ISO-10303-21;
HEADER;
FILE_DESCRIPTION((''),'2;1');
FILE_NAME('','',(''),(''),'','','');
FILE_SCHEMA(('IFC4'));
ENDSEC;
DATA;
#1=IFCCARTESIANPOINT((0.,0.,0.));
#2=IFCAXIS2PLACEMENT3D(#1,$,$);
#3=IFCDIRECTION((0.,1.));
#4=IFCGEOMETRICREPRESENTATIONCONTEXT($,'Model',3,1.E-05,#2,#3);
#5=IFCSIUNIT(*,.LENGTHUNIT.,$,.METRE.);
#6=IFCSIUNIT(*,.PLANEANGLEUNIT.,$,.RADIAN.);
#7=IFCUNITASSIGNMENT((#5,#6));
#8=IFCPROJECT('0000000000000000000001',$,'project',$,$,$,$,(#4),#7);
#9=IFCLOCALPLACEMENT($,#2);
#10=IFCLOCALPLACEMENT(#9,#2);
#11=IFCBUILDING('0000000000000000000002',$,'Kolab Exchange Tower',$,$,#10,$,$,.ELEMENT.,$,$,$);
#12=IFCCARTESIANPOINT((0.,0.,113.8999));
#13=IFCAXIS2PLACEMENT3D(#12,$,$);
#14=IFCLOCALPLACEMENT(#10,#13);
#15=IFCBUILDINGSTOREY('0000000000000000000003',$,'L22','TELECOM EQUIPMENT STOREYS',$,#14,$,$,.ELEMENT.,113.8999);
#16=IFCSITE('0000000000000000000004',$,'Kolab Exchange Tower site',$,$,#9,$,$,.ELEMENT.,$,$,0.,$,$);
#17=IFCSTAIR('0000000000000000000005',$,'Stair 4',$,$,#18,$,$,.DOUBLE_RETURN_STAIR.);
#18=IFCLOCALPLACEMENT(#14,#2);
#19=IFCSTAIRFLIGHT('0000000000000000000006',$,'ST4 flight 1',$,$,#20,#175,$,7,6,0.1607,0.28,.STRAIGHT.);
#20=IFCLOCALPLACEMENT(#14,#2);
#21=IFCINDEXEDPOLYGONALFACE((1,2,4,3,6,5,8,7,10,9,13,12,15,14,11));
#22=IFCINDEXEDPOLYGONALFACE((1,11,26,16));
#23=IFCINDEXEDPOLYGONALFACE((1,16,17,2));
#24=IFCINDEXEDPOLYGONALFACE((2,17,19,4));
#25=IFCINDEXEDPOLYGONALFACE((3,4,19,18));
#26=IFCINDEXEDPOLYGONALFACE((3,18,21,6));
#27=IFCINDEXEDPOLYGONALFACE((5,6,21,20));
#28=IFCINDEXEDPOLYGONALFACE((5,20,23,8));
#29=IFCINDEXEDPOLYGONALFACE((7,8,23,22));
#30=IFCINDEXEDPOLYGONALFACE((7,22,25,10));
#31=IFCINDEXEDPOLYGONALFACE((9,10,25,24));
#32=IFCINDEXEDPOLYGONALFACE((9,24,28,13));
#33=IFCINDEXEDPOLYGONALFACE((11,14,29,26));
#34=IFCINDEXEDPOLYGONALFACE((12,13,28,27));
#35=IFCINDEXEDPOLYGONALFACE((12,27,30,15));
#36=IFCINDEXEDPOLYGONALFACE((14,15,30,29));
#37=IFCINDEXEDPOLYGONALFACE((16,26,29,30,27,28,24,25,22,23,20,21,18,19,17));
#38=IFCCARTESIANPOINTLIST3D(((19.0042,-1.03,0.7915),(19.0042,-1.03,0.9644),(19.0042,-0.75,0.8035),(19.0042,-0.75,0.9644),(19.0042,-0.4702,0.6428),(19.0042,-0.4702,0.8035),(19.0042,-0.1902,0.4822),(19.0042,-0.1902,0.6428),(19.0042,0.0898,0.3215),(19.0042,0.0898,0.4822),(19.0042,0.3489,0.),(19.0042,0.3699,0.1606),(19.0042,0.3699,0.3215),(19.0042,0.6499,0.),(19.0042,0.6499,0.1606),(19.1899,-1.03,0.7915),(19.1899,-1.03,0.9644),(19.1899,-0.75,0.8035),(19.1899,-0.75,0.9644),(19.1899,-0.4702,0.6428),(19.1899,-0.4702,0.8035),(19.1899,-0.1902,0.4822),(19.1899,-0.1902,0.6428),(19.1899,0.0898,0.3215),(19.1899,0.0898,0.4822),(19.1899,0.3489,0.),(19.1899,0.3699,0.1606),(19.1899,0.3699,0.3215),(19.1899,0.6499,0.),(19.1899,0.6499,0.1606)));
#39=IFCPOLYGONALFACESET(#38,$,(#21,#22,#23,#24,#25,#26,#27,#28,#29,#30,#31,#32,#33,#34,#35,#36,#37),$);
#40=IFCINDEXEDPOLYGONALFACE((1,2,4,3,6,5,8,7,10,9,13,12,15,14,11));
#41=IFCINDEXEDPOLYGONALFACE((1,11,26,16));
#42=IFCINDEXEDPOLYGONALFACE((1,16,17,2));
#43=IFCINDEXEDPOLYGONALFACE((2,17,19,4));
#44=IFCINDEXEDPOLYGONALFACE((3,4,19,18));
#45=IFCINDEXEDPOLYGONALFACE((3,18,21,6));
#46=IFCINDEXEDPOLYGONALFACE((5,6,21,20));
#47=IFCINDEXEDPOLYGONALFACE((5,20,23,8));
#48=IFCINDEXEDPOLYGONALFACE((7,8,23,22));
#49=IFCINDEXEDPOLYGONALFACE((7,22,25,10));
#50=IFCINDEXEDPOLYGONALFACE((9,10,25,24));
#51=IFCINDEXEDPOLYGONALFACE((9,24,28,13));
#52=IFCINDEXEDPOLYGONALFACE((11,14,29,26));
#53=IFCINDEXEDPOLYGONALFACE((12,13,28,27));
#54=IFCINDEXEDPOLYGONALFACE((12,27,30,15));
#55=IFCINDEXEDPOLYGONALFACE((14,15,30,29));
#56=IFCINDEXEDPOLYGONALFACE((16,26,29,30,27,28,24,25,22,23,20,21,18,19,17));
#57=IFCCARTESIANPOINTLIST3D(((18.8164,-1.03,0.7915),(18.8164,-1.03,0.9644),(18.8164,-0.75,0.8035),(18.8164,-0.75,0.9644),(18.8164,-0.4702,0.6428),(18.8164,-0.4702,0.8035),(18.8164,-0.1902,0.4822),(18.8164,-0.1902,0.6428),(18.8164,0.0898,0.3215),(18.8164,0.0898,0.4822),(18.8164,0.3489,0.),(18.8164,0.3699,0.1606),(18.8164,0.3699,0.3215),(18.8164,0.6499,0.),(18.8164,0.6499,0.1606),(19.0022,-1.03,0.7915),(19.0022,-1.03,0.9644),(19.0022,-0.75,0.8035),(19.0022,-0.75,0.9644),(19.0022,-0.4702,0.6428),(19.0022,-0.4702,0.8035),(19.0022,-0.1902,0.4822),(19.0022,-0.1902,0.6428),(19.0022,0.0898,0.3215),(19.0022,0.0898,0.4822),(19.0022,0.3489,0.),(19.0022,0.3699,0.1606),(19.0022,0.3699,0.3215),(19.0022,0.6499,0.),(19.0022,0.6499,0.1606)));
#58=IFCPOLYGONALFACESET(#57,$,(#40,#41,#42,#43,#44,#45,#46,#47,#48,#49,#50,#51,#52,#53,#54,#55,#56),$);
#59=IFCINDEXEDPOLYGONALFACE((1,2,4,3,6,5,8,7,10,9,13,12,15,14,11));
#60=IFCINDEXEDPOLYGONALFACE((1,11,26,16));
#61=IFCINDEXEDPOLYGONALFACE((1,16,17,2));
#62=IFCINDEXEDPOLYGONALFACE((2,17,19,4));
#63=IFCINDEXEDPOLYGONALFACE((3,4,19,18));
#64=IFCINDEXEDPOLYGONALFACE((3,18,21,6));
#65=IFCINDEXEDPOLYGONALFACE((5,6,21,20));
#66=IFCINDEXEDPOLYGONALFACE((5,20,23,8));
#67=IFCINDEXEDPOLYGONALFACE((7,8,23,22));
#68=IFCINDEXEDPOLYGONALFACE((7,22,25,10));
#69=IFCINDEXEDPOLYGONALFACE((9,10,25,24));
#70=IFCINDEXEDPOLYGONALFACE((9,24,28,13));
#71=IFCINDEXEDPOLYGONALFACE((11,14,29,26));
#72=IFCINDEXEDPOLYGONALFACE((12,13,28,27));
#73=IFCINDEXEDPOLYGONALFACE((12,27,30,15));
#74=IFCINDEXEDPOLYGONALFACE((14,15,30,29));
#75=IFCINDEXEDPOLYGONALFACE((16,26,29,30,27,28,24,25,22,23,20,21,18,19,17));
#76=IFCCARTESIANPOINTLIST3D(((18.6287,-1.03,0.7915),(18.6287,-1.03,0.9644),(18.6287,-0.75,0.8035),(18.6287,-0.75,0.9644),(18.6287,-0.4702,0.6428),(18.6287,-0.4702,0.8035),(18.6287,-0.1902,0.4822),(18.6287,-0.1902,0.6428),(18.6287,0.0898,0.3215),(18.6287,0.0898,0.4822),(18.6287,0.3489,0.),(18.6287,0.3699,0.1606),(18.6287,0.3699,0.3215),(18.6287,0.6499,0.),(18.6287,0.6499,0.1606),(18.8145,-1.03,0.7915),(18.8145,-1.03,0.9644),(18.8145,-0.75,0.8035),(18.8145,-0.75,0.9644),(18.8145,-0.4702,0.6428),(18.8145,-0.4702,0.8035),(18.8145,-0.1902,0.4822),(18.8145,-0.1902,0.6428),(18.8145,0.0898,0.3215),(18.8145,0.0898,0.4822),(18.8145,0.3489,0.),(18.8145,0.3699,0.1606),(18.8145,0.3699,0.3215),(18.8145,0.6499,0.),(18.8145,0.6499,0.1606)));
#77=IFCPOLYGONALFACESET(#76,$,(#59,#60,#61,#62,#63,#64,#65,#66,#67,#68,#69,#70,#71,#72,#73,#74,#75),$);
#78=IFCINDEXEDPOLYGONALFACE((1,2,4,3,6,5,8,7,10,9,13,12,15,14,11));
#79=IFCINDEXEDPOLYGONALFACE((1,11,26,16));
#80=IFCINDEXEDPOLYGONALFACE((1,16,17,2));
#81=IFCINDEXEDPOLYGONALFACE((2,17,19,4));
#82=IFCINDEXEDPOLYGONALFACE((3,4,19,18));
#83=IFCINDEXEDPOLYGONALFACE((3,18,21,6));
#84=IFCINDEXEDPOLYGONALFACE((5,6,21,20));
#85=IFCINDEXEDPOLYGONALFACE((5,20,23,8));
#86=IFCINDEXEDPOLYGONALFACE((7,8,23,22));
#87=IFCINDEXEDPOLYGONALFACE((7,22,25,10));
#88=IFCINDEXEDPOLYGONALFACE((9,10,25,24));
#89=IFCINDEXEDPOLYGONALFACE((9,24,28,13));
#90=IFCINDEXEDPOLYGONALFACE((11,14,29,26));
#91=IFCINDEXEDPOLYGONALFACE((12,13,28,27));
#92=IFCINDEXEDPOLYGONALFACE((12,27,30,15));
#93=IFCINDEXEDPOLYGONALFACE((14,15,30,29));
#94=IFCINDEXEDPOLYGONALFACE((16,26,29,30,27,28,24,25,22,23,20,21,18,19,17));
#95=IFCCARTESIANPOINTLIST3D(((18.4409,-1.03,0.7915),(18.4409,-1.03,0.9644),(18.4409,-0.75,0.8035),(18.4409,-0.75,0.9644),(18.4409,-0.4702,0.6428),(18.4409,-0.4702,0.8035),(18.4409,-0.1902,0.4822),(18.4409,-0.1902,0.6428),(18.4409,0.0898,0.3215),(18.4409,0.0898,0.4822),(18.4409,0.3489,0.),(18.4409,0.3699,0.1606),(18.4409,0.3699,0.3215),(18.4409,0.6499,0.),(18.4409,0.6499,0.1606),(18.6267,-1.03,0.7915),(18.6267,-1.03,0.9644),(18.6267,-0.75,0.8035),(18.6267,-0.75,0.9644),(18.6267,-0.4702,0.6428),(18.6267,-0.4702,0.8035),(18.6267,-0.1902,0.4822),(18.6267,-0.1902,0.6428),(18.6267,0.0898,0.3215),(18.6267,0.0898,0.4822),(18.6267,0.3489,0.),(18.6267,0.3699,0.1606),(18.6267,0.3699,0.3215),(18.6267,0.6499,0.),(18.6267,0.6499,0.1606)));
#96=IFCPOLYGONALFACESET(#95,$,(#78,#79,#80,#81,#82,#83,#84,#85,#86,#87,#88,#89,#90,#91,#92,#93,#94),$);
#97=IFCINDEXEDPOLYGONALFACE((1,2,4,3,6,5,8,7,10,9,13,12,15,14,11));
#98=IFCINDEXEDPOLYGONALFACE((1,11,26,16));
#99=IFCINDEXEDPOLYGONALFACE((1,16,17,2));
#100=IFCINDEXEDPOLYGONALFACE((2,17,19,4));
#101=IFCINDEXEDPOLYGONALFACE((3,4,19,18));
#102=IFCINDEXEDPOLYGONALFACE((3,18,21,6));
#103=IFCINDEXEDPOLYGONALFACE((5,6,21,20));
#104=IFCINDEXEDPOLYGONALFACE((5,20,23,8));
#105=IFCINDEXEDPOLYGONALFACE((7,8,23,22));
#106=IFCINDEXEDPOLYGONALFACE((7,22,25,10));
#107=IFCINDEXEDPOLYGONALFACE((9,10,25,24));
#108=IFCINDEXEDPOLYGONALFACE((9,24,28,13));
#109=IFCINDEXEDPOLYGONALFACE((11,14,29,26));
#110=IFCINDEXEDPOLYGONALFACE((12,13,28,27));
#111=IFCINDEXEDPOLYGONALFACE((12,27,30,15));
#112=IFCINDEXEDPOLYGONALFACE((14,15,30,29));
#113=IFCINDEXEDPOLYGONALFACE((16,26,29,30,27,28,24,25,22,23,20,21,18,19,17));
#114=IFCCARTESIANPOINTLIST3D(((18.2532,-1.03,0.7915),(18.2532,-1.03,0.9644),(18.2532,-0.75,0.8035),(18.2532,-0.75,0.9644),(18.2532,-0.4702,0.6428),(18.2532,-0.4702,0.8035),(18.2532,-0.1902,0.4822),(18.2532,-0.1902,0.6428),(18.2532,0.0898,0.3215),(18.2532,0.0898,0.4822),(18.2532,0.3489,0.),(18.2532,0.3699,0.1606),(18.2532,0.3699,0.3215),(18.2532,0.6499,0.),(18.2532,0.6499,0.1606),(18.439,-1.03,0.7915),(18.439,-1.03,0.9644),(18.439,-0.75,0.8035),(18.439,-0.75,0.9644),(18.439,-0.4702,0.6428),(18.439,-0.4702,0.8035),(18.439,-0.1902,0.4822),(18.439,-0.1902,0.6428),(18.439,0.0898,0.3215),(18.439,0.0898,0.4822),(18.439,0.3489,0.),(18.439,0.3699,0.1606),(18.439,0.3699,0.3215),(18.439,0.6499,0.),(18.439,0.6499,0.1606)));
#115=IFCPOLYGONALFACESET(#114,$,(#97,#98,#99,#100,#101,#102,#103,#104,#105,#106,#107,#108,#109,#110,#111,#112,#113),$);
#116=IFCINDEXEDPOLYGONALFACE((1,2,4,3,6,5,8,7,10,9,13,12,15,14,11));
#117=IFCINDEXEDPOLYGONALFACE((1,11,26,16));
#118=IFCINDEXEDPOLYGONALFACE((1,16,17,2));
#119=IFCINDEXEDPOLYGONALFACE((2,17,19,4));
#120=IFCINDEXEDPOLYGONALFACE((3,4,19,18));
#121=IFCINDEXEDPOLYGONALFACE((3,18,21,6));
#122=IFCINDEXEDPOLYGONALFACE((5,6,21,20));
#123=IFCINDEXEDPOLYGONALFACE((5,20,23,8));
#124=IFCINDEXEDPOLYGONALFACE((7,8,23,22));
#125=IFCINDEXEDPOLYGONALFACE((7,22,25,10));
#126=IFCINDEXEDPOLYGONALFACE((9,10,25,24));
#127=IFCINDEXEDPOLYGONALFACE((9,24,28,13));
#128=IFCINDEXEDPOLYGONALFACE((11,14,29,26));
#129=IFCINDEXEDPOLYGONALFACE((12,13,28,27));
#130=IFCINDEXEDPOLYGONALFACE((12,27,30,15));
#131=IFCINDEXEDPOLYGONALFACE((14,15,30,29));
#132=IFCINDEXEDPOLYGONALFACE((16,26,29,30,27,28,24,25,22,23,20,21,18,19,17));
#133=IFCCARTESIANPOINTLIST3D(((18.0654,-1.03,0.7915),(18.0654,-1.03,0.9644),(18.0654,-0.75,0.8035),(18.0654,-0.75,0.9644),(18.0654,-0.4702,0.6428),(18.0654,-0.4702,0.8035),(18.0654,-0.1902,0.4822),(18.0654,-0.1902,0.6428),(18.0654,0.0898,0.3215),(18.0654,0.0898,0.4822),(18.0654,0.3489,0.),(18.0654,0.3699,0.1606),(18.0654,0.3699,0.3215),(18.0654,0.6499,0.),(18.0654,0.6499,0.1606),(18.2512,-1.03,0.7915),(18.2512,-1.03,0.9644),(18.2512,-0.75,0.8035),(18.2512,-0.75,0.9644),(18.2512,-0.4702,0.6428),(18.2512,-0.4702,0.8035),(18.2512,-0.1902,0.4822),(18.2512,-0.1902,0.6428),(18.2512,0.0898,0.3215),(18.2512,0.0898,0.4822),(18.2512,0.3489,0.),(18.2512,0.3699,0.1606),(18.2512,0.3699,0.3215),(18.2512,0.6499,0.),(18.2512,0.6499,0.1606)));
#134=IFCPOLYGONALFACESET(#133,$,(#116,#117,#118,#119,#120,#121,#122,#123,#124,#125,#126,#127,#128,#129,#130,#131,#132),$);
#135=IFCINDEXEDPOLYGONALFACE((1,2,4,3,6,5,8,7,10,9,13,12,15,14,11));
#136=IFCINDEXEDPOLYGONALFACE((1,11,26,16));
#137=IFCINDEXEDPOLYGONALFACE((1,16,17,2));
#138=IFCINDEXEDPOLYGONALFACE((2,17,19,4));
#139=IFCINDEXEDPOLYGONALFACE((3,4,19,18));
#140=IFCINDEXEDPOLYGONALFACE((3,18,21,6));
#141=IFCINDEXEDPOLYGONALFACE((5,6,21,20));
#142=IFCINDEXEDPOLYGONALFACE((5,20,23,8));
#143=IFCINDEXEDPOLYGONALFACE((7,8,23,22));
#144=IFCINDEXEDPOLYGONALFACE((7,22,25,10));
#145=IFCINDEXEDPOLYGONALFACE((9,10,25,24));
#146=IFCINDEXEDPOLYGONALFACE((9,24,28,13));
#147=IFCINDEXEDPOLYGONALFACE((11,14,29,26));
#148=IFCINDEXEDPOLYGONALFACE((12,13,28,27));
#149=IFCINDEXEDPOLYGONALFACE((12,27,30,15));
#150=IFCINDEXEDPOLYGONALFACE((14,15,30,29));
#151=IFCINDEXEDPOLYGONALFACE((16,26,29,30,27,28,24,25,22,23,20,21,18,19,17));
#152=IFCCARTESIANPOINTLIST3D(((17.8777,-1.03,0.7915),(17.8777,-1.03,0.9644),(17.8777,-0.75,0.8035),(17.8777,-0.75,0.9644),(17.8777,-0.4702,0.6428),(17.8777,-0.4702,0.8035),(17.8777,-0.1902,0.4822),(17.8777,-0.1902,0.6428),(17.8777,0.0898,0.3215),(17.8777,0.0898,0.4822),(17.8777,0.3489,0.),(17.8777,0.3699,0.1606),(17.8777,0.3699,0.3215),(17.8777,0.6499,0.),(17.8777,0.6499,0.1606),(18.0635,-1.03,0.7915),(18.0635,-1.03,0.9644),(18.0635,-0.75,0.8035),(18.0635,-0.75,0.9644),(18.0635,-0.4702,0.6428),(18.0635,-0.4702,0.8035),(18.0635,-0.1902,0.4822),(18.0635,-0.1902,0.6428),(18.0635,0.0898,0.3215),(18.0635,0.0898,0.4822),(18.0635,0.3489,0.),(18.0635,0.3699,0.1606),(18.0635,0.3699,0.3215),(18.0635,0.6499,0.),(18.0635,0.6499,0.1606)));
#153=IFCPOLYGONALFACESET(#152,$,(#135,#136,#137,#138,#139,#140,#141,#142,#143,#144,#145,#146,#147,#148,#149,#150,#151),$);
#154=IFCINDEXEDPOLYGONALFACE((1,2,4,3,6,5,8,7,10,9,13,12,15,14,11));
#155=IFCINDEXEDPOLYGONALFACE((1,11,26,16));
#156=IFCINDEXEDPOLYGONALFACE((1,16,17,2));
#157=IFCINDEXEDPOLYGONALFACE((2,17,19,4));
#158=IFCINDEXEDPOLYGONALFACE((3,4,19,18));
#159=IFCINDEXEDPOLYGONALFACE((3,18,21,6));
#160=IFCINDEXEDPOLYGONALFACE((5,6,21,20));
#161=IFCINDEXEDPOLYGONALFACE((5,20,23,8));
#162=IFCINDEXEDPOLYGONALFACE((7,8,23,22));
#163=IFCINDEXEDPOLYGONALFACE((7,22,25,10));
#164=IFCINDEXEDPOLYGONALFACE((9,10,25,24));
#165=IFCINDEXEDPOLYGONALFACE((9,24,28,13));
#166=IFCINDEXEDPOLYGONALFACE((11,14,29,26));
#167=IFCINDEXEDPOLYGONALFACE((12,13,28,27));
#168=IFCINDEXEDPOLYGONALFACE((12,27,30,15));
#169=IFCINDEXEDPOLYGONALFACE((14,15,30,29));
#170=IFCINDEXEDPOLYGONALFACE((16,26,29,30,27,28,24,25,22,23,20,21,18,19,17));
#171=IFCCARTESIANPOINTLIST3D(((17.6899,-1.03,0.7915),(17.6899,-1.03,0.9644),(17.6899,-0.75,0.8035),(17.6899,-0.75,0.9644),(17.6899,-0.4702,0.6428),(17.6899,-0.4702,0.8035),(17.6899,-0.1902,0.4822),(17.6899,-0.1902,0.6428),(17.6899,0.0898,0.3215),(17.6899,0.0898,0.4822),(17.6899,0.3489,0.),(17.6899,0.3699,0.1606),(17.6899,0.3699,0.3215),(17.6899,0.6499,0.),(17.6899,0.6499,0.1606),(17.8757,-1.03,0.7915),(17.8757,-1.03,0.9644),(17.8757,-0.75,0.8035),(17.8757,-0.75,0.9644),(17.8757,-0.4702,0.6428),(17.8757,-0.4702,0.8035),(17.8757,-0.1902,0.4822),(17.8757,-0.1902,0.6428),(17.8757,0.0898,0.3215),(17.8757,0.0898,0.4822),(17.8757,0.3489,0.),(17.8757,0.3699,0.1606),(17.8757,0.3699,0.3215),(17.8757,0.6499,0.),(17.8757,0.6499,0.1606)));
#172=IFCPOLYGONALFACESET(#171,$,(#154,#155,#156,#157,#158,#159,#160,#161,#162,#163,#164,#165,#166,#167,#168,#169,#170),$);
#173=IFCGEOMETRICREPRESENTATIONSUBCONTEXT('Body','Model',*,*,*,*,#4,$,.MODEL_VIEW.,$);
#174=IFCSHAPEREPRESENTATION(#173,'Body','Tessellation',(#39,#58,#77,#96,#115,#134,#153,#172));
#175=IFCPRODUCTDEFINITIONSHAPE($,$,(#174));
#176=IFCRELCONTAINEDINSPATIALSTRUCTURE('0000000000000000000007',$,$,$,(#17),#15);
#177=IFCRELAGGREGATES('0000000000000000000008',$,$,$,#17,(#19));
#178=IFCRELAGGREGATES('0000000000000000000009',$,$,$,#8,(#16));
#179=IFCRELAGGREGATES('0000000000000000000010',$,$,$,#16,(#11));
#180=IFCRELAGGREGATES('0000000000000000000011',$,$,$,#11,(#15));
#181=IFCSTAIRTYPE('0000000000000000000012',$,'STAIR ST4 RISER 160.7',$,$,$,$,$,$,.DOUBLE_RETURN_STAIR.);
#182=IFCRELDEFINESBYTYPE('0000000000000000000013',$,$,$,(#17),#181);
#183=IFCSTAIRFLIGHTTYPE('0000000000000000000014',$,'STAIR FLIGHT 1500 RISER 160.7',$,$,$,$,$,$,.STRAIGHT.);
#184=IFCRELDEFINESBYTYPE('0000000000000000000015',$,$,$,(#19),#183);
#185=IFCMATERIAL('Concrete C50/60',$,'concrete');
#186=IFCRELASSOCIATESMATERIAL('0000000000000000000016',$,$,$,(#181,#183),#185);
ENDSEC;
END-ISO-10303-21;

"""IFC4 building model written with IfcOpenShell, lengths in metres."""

from ifc_helpers import new_model, si_unit, direction, frame, origin, place, context, subcontext, project, spatial, polyline, outline, extrude, material, type_object, element, aggregate, save


model = new_model("IFC4")

# Units and contexts
model_context = context("Model", 3, precision=1e-05, world=origin(), true_north=direction((0.0, 1.0)))
body_context = subcontext(model_context, "Body", "Model", "MODEL_VIEW")
ifc_project = project(units=[si_unit("LENGTHUNIT", "METRE"), si_unit("PLANEANGLEUNIT", "RADIAN")], contexts=[model_context])

# Site, building, storey
site_placement = place(None, origin())
site = spatial("IfcSite", under=ifc_project, at=site_placement, Name="Kolab Exchange Tower site", CompositionType="ELEMENT", RefElevation=0.0)
building_placement = place(site_placement, origin())
building = spatial("IfcBuilding", under=site, at=building_placement, Name="Kolab Exchange Tower", CompositionType="ELEMENT")
storey_placement = place(building_placement, frame((0.0, 0.0, 113.8999)))
storey = spatial("IfcBuildingStorey", under=building, at=storey_placement, Name="L22", Description="TELECOM EQUIPMENT STOREYS", CompositionType="ELEMENT", Elevation=113.8999)

# Shared definitions
ifc_material_1 = material(Name="Concrete C50/60", Category="concrete")

# Stair, stair flight
stair_type = type_object("IfcStairType", Name="STAIR ST4 RISER 160.7", PredefinedType="DOUBLE_RETURN_STAIR", material=ifc_material_1)
stair_placement = place(storey_placement, origin())
stair = element("IfcStair", 1, at=stair_placement, inside=storey, type_object=stair_type, Name="Stair 4", PredefinedType="DOUBLE_RETURN_STAIR")
stair_flight_type = type_object("IfcStairFlightType", Name="STAIR FLIGHT 1500 RISER 160.7", PredefinedType="STRAIGHT", material=ifc_material_1)
stair_flight_1_placement = place(storey_placement, frame((18.4399, 0.6499, 0.0), z_axis=(0.0, 0.0, 1.0), x_axis=(0.0, -1.0, 0.0)))
stair_flight_1 = element("IfcStairFlight", 2, at=stair_flight_1_placement, type_object=stair_flight_type, Name="ST4 flight 1", NumberOfRisers=7, NumberOfTreads=6, PredefinedType="STRAIGHT", RiserHeight=0.1607, TreadLength=0.28, context=body_context, shape_type="SweptSolid", body=[
    extrude(outline(polyline([(0.0, 0.0), (0.0, 0.1606), (0.28, 0.1606), (0.28, 0.3215), (0.5601, 0.3215), (0.5601, 0.4822), (0.8401, 0.4822), (0.8401, 0.6428), (1.1201, 0.6428), (1.1201, 0.8035), (1.3999, 0.8035), (1.3999, 0.9644), (1.6799, 0.9644), (1.6799, 1.125), (1.6799, 0.7915), (0.301, 0.0), (0.0, 0.0)])), frame((0.0, 0.75, 0.0), z_axis=(0.0, -1.0, 0.0), x_axis=(1.0, 0.0, 0.0)), (0.0, 0.0, 1.0), 0.1858),
    extrude(outline(polyline([(0.0, 0.0), (0.0, 0.1606), (0.28, 0.1606), (0.28, 0.3215), (0.5601, 0.3215), (0.5601, 0.4822), (0.8401, 0.4822), (0.8401, 0.6428), (1.1201, 0.6428), (1.1201, 0.8035), (1.3999, 0.8035), (1.3999, 0.9644), (1.6799, 0.9644), (1.6799, 1.125), (1.6799, 0.7915), (0.301, 0.0), (0.0, 0.0)])), frame((0.0, 0.5623, 0.0), z_axis=(0.0, -1.0, 0.0), x_axis=(1.0, 0.0, 0.0)), (0.0, 0.0, 1.0), 0.1858),
    extrude(outline(polyline([(0.0, 0.0), (0.0, 0.1606), (0.28, 0.1606), (0.28, 0.3215), (0.5601, 0.3215), (0.5601, 0.4822), (0.8401, 0.4822), (0.8401, 0.6428), (1.1201, 0.6428), (1.1201, 0.8035), (1.3999, 0.8035), (1.3999, 0.9644), (1.6799, 0.9644), (1.6799, 1.125), (1.6799, 0.7915), (0.301, 0.0), (0.0, 0.0)])), frame((0.0, 0.3745, 0.0), z_axis=(0.0, -1.0, 0.0), x_axis=(1.0, 0.0, 0.0)), (0.0, 0.0, 1.0), 0.1858),
    extrude(outline(polyline([(0.0, 0.0), (0.0, 0.1606), (0.28, 0.1606), (0.28, 0.3215), (0.5601, 0.3215), (0.5601, 0.4822), (0.8401, 0.4822), (0.8401, 0.6428), (1.1201, 0.6428), (1.1201, 0.8035), (1.3999, 0.8035), (1.3999, 0.9644), (1.6799, 0.9644), (1.6799, 1.125), (1.6799, 0.7915), (0.301, 0.0), (0.0, 0.0)])), frame((0.0, 0.1868, 0.0), z_axis=(0.0, -1.0, 0.0), x_axis=(1.0, 0.0, 0.0)), (0.0, 0.0, 1.0), 0.1858),
    extrude(outline(polyline([(0.0, 0.0), (0.0, 0.1606), (0.28, 0.1606), (0.28, 0.3215), (0.5601, 0.3215), (0.5601, 0.4822), (0.8401, 0.4822), (0.8401, 0.6428), (1.1201, 0.6428), (1.1201, 0.8035), (1.3999, 0.8035), (1.3999, 0.9644), (1.6799, 0.9644), (1.6799, 1.125), (1.6799, 0.7915), (0.301, 0.0), (0.0, 0.0)])), frame((0.0, -0.001, 0.0), z_axis=(0.0, -1.0, 0.0), x_axis=(1.0, 0.0, 0.0)), (0.0, 0.0, 1.0), 0.1858),
    extrude(outline(polyline([(0.0, 0.0), (0.0, 0.1606), (0.28, 0.1606), (0.28, 0.3215), (0.5601, 0.3215), (0.5601, 0.4822), (0.8401, 0.4822), (0.8401, 0.6428), (1.1201, 0.6428), (1.1201, 0.8035), (1.3999, 0.8035), (1.3999, 0.9644), (1.6799, 0.9644), (1.6799, 1.125), (1.6799, 0.7915), (0.301, 0.0), (0.0, 0.0)])), frame((0.0, -0.1887, 0.0), z_axis=(0.0, -1.0, 0.0), x_axis=(1.0, 0.0, 0.0)), (0.0, 0.0, 1.0), 0.1858),
    extrude(outline(polyline([(0.0, 0.0), (0.0, 0.1606), (0.28, 0.1606), (0.28, 0.3215), (0.5601, 0.3215), (0.5601, 0.4822), (0.8401, 0.4822), (0.8401, 0.6428), (1.1201, 0.6428), (1.1201, 0.8035), (1.3999, 0.8035), (1.3999, 0.9644), (1.6799, 0.9644), (1.6799, 1.125), (1.6799, 0.7915), (0.301, 0.0), (0.0, 0.0)])), frame((0.0, -0.3765, 0.0), z_axis=(0.0, -1.0, 0.0), x_axis=(1.0, 0.0, 0.0)), (0.0, 0.0, 1.0), 0.1858),
    extrude(outline(polyline([(0.0, 0.0), (0.0, 0.1606), (0.28, 0.1606), (0.28, 0.3215), (0.5601, 0.3215), (0.5601, 0.4822), (0.8401, 0.4822), (0.8401, 0.6428), (1.1201, 0.6428), (1.1201, 0.8035), (1.3999, 0.8035), (1.3999, 0.9644), (1.6799, 0.9644), (1.6799, 1.125), (1.6799, 0.7915), (0.301, 0.0), (0.0, 0.0)])), frame((0.0, -0.5642, 0.0), z_axis=(0.0, -1.0, 0.0), x_axis=(1.0, 0.0, 0.0)), (0.0, 0.0, 1.0), 0.1858),
])
aggregate(stair, [stair_flight_1])

save(model, "model.ifc")
